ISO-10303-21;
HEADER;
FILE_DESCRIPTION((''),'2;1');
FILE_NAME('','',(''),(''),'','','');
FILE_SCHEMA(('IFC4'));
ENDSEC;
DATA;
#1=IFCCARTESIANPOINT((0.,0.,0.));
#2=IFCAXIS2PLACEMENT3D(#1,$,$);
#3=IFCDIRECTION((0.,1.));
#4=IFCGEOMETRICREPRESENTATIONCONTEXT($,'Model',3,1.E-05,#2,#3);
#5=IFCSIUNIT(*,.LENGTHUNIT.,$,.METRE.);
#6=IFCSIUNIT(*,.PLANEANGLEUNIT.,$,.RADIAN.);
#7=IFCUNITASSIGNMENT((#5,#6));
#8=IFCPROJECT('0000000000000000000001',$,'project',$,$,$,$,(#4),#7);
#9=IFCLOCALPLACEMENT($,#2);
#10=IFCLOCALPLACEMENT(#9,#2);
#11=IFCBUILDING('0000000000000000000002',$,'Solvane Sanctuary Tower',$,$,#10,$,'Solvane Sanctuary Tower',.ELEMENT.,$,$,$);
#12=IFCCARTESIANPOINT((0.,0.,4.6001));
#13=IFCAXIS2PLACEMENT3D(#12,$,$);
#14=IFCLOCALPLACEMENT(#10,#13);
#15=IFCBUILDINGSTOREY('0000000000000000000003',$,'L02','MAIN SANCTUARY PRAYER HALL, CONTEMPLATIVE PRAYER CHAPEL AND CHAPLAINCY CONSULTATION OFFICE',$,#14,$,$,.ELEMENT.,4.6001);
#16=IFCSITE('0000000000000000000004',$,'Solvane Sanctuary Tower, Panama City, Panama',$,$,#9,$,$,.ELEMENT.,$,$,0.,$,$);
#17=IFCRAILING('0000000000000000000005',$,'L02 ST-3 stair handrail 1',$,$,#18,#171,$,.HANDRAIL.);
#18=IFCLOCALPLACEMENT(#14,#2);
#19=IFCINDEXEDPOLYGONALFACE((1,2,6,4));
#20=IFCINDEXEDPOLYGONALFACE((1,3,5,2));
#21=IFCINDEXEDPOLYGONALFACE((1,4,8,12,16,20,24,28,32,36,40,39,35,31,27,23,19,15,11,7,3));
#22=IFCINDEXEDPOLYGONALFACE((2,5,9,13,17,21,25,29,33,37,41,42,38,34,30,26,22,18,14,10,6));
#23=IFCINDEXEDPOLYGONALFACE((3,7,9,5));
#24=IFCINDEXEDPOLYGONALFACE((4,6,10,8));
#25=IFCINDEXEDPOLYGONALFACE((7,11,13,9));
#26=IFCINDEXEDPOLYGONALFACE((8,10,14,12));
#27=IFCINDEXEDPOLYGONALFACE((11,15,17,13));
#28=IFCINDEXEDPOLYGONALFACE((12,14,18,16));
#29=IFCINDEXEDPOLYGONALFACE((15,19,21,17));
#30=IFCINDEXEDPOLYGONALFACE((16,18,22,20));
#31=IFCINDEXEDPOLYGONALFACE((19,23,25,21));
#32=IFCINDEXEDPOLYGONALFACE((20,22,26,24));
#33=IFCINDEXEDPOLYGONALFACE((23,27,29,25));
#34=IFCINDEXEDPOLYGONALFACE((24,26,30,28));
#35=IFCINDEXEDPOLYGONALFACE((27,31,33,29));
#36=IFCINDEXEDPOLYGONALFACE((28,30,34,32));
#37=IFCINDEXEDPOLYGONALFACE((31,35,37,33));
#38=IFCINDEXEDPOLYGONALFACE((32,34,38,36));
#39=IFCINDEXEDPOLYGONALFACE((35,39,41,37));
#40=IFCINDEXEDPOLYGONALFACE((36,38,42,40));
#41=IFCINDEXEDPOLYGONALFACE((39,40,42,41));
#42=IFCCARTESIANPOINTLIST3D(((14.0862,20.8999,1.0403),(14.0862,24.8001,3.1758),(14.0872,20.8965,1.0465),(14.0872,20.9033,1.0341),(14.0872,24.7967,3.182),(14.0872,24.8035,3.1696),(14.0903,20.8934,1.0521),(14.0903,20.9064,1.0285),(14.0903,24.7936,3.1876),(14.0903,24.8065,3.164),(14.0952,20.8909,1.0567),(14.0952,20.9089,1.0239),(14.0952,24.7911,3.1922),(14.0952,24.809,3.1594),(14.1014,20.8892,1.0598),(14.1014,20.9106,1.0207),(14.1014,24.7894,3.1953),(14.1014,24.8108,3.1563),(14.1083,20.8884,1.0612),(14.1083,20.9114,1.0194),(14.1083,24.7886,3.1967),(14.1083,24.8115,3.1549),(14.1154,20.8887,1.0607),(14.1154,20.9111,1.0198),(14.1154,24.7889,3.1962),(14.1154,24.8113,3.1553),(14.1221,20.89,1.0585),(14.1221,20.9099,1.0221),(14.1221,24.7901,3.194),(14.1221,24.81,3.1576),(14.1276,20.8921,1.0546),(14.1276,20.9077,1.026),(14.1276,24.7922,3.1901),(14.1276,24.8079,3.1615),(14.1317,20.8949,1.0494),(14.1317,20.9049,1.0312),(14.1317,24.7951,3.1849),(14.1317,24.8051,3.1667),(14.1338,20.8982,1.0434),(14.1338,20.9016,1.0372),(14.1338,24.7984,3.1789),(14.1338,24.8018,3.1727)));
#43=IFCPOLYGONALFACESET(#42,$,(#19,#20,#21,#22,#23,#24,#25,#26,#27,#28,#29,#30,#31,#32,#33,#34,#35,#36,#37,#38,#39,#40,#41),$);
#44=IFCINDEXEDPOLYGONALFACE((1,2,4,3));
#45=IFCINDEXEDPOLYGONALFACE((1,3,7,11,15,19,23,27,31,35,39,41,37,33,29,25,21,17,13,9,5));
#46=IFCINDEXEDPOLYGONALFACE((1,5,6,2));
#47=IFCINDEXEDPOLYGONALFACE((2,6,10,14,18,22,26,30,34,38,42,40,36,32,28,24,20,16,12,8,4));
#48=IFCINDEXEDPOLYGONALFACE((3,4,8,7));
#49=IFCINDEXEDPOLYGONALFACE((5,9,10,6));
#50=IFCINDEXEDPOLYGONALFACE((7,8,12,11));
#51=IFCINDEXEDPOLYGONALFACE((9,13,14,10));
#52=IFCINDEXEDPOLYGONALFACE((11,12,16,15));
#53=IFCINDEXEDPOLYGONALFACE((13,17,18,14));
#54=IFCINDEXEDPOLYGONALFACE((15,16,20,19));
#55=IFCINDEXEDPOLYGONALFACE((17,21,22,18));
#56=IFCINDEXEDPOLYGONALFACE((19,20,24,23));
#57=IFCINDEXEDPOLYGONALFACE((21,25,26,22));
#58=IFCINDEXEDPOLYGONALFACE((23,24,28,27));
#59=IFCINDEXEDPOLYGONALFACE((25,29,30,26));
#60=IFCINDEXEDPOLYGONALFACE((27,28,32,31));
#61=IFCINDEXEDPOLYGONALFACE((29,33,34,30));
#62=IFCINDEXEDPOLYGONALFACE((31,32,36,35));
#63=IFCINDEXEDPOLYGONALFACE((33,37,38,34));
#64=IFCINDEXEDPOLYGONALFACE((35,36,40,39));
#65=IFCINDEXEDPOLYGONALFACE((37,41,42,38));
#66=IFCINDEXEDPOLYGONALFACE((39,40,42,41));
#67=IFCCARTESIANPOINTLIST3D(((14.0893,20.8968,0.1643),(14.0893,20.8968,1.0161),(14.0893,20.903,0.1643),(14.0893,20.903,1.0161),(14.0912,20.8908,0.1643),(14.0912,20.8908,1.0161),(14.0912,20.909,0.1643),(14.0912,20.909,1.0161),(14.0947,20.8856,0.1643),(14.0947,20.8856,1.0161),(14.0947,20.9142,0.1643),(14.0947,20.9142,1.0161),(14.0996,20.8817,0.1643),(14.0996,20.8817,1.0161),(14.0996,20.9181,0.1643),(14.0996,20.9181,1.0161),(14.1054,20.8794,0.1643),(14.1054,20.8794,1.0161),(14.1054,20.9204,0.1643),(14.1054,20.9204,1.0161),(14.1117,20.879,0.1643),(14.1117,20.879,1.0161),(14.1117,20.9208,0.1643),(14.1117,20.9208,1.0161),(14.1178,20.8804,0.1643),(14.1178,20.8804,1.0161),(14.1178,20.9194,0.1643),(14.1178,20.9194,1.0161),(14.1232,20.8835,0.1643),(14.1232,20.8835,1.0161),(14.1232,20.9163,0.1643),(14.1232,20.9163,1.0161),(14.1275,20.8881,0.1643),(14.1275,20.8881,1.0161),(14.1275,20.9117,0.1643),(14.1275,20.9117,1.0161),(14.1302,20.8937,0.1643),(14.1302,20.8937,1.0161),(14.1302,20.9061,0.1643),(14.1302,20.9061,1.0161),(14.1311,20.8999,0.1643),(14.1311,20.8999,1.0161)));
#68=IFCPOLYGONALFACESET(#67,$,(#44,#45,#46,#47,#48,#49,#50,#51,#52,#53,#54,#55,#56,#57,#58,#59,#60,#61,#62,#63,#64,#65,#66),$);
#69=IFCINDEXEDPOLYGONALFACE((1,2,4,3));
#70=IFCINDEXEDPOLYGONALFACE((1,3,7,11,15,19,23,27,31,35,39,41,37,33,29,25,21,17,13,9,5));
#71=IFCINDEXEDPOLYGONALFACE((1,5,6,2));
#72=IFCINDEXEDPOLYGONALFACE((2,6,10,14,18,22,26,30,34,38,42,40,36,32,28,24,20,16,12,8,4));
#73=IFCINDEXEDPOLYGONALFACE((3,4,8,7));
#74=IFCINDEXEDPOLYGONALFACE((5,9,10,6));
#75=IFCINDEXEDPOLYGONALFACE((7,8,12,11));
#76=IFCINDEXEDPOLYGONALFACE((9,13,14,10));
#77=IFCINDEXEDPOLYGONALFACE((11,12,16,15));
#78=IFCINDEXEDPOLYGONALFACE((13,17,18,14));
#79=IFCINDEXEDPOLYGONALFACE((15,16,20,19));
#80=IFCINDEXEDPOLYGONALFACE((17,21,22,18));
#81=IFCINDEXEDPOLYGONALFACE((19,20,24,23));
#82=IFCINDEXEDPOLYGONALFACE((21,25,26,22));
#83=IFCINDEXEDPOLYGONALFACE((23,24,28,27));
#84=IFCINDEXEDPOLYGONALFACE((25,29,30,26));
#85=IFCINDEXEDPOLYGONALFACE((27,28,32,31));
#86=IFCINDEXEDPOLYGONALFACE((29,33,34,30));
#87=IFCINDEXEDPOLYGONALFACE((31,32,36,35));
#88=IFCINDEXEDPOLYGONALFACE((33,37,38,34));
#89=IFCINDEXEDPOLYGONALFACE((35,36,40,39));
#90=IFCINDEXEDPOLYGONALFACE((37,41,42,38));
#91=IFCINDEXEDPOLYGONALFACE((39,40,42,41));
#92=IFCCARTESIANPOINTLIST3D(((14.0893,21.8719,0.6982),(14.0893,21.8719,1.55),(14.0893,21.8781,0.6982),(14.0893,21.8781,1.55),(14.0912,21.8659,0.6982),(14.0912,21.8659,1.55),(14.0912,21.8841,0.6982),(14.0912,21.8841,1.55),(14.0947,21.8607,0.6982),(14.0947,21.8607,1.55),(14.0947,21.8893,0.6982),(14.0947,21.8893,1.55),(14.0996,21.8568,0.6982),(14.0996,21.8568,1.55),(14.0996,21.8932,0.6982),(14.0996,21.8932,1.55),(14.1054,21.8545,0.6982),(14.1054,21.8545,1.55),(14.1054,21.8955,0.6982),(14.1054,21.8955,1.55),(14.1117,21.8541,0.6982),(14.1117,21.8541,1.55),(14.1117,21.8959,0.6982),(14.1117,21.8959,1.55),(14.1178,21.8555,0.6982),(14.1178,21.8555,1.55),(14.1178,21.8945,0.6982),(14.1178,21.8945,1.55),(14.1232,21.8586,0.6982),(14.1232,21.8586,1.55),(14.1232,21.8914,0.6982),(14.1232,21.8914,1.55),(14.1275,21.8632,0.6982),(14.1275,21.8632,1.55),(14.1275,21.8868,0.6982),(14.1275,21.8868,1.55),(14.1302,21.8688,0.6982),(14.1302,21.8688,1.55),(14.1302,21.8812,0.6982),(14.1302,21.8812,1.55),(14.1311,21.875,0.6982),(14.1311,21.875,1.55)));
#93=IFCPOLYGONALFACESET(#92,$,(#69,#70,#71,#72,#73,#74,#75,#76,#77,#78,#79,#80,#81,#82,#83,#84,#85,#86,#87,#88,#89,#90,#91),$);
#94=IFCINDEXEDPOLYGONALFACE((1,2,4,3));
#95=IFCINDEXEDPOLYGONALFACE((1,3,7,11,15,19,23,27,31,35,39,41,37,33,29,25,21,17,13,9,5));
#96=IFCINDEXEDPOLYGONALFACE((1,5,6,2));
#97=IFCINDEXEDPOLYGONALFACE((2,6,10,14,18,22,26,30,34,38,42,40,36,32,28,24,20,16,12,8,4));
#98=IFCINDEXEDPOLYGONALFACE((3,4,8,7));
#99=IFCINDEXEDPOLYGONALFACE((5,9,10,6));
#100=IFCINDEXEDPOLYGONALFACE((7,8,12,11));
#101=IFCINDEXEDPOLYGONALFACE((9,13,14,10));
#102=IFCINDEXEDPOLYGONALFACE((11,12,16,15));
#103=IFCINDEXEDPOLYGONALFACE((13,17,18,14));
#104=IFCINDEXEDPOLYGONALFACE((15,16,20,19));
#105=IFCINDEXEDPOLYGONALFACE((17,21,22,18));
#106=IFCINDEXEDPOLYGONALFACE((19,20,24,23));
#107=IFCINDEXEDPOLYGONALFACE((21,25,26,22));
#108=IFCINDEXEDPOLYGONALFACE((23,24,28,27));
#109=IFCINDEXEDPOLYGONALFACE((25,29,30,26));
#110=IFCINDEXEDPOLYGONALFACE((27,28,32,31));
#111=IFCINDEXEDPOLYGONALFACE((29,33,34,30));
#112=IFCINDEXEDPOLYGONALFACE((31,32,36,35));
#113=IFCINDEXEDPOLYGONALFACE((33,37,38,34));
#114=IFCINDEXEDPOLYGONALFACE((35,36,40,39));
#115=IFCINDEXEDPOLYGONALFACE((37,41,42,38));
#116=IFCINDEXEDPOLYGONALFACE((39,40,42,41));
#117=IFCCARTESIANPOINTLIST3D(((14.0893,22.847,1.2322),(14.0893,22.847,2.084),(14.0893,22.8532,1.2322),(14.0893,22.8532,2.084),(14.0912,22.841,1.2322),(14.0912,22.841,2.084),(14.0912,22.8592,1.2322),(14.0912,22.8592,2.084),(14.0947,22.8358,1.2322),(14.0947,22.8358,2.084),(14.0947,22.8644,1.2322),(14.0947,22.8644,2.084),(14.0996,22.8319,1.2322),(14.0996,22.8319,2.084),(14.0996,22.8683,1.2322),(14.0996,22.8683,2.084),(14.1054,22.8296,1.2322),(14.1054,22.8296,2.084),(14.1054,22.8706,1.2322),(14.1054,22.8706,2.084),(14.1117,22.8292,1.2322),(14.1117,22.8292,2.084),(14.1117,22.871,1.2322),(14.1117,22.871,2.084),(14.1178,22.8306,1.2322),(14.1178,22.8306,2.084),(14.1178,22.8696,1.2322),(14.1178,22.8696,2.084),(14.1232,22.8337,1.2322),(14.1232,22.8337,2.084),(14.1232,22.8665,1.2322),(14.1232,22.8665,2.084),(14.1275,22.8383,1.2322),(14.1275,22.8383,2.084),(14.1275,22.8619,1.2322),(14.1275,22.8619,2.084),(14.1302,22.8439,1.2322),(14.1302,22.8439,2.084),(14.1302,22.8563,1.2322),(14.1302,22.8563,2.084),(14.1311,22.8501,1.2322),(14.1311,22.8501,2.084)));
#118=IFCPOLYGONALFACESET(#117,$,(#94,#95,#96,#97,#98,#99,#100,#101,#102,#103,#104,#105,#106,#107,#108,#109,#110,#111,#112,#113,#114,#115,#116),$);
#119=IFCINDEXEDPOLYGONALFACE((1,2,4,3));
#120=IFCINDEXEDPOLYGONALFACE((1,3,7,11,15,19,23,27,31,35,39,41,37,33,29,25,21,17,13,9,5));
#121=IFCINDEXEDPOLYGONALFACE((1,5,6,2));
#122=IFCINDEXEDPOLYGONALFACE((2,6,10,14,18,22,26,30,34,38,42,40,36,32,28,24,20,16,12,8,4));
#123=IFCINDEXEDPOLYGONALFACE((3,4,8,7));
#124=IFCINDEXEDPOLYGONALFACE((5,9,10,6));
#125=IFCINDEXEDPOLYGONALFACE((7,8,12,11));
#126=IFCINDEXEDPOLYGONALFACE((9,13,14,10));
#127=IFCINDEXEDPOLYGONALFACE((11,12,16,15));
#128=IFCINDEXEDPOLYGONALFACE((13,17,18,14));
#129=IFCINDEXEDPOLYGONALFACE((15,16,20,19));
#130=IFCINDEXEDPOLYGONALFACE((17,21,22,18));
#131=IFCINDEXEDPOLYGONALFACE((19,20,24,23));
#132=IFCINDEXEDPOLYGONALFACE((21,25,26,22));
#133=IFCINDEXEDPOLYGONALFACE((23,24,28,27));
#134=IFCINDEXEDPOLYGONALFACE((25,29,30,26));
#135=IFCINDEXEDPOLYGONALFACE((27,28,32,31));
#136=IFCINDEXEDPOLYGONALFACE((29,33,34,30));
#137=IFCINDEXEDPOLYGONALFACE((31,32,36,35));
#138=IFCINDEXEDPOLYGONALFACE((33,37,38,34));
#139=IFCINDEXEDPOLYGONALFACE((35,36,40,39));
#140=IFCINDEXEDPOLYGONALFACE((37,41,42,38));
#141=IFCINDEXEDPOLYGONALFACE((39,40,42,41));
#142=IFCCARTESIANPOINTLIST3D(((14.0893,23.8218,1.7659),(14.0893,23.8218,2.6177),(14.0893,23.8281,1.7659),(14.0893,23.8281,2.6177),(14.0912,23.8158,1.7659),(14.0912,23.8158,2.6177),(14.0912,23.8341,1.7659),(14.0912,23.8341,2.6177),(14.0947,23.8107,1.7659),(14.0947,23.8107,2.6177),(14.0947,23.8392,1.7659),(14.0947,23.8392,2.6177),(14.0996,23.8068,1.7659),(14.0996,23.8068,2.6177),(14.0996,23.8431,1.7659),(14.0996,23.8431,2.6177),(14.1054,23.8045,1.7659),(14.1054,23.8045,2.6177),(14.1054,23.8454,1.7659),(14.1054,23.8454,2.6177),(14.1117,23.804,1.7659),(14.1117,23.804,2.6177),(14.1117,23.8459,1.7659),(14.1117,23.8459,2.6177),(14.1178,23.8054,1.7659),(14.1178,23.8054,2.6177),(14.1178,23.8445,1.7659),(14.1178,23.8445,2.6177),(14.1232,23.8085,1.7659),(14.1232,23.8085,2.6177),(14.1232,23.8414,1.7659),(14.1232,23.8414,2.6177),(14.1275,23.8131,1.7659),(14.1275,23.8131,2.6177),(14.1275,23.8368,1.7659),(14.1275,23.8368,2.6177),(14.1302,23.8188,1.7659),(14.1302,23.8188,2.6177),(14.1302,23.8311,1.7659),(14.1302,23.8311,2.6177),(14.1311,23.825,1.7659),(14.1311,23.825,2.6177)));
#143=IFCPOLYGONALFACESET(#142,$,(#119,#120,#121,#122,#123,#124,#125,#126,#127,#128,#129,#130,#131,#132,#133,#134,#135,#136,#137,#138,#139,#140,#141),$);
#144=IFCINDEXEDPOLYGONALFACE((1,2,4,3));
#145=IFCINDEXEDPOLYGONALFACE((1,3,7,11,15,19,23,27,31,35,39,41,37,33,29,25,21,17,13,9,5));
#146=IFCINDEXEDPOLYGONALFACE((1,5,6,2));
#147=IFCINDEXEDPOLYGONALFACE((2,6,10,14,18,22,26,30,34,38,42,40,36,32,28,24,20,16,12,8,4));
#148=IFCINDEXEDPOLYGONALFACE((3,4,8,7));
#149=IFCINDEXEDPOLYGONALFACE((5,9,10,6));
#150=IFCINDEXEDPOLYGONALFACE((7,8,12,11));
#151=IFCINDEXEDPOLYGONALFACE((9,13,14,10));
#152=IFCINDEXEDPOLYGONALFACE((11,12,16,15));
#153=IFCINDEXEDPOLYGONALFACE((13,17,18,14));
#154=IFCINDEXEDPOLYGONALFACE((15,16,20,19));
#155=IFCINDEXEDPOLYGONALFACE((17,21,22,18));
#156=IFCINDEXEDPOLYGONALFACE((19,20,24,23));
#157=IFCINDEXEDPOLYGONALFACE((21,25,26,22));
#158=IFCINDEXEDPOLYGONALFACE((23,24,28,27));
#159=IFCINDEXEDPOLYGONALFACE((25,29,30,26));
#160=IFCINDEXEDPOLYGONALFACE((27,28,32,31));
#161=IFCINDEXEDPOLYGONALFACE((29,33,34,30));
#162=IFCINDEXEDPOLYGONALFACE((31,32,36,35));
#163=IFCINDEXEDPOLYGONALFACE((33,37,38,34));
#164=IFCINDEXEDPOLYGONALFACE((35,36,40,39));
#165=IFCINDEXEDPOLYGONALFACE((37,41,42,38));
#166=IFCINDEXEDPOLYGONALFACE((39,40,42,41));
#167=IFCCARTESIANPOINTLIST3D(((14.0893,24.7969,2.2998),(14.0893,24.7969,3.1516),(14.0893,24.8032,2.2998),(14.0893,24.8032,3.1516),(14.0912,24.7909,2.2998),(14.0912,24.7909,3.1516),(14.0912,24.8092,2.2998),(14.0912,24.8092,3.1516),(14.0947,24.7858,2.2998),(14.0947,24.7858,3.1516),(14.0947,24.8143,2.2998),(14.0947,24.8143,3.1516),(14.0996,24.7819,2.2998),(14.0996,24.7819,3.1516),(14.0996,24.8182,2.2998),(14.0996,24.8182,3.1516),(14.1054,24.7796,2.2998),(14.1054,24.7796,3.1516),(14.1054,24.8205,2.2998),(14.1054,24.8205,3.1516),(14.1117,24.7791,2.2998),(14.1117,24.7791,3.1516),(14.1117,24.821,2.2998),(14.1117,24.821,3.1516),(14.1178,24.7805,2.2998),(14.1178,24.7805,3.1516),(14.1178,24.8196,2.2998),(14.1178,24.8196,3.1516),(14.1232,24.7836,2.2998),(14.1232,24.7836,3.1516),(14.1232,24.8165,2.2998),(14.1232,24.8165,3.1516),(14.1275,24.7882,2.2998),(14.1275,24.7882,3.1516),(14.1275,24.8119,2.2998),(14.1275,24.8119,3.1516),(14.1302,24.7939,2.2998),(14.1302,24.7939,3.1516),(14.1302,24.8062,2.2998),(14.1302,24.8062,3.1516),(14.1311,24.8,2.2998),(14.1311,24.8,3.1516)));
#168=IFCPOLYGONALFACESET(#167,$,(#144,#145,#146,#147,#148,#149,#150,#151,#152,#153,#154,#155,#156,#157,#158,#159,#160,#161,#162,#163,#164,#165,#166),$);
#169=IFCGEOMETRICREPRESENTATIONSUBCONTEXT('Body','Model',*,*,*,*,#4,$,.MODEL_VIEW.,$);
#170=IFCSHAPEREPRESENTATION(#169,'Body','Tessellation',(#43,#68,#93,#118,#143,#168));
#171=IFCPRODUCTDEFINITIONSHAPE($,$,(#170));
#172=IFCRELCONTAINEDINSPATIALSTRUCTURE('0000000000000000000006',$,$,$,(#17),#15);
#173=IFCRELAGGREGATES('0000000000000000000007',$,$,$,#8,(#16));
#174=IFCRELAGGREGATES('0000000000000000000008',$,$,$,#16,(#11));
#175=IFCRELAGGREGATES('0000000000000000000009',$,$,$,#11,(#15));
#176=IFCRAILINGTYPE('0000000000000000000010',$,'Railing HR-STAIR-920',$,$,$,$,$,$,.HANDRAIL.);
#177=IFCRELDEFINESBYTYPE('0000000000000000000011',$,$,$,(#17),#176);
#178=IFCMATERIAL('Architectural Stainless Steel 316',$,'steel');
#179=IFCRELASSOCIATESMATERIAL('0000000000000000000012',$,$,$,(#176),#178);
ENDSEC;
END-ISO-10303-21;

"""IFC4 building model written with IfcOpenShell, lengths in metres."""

from ifc_helpers import new_model, si_unit, direction, frame, origin, origin_2d, place, context, subcontext, project, spatial, circle, extrude, material, type_object, element, save


model = new_model("IFC4")

# Units and contexts
model_context = context("Model", 3, precision=1e-05, world=origin(), true_north=direction((0.0, 1.0)))
body_context = subcontext(model_context, "Body", "Model", "MODEL_VIEW")
ifc_project = project(units=[si_unit("LENGTHUNIT", "METRE"), si_unit("PLANEANGLEUNIT", "RADIAN")], contexts=[model_context])

# Site, building, storey
site_placement = place(None, origin())
site = spatial("IfcSite", under=ifc_project, at=site_placement, Name="Solvane Sanctuary Tower, Panama City, Panama", CompositionType="ELEMENT", RefElevation=0.0)
building_placement = place(site_placement, origin())
building = spatial("IfcBuilding", under=site, at=building_placement, Name="Solvane Sanctuary Tower", LongName="Solvane Sanctuary Tower", CompositionType="ELEMENT")
storey_placement = place(building_placement, frame((0.0, 0.0, 4.6001)))
storey = spatial("IfcBuildingStorey", under=building, at=storey_placement, Name="L02", Description="MAIN SANCTUARY PRAYER HALL, CONTEMPLATIVE PRAYER CHAPEL AND CHAPLAINCY CONSULTATION OFFICE", CompositionType="ELEMENT", Elevation=4.6001)

# Shared definitions
ifc_material_1 = material(Name="Architectural Stainless Steel 316", Category="steel")

# Railing
railing_type_1 = type_object("IfcRailingType", Name="Railing HR-STAIR-920", PredefinedType="HANDRAIL", material=ifc_material_1)
railing_1_placement = place(storey_placement, frame((14.1101, 20.8999, 0.1643)))
element("IfcRailing", 1, at=railing_1_placement, inside=storey, type_object=railing_type_1, Name="L02 ST-3 stair handrail 1", PredefinedType="HANDRAIL", context=body_context, shape_type="SweptSolid", body=[
    extrude(circle(Radius=0.0239, at=origin_2d()), frame((0.0, 0.0, 0.876), z_axis=(0.0, 0.877124, 0.480263), x_axis=(-1.0, 0.0, 0.0)), (0.0, 0.0, 1.0), 4.4465),
    extrude(circle(Radius=0.021, at=origin_2d()), origin(), (0.0, 0.0, 1.0), 0.8518),
    extrude(circle(Radius=0.021, at=origin_2d()), frame((0.0, 0.9751, 0.5339)), (0.0, 0.0, 1.0), 0.8518),
    extrude(circle(Radius=0.021, at=origin_2d()), frame((0.0, 1.9502, 1.0679)), (0.0, 0.0, 1.0), 0.8518),
    extrude(circle(Radius=0.021, at=origin_2d()), frame((0.0, 2.925, 1.6016)), (0.0, 0.0, 1.0), 0.8518),
    extrude(circle(Radius=0.021, at=origin_2d()), frame((0.0, 3.9001, 2.1355)), (0.0, 0.0, 1.0), 0.8518),
])

save(model, "model.ifc")
